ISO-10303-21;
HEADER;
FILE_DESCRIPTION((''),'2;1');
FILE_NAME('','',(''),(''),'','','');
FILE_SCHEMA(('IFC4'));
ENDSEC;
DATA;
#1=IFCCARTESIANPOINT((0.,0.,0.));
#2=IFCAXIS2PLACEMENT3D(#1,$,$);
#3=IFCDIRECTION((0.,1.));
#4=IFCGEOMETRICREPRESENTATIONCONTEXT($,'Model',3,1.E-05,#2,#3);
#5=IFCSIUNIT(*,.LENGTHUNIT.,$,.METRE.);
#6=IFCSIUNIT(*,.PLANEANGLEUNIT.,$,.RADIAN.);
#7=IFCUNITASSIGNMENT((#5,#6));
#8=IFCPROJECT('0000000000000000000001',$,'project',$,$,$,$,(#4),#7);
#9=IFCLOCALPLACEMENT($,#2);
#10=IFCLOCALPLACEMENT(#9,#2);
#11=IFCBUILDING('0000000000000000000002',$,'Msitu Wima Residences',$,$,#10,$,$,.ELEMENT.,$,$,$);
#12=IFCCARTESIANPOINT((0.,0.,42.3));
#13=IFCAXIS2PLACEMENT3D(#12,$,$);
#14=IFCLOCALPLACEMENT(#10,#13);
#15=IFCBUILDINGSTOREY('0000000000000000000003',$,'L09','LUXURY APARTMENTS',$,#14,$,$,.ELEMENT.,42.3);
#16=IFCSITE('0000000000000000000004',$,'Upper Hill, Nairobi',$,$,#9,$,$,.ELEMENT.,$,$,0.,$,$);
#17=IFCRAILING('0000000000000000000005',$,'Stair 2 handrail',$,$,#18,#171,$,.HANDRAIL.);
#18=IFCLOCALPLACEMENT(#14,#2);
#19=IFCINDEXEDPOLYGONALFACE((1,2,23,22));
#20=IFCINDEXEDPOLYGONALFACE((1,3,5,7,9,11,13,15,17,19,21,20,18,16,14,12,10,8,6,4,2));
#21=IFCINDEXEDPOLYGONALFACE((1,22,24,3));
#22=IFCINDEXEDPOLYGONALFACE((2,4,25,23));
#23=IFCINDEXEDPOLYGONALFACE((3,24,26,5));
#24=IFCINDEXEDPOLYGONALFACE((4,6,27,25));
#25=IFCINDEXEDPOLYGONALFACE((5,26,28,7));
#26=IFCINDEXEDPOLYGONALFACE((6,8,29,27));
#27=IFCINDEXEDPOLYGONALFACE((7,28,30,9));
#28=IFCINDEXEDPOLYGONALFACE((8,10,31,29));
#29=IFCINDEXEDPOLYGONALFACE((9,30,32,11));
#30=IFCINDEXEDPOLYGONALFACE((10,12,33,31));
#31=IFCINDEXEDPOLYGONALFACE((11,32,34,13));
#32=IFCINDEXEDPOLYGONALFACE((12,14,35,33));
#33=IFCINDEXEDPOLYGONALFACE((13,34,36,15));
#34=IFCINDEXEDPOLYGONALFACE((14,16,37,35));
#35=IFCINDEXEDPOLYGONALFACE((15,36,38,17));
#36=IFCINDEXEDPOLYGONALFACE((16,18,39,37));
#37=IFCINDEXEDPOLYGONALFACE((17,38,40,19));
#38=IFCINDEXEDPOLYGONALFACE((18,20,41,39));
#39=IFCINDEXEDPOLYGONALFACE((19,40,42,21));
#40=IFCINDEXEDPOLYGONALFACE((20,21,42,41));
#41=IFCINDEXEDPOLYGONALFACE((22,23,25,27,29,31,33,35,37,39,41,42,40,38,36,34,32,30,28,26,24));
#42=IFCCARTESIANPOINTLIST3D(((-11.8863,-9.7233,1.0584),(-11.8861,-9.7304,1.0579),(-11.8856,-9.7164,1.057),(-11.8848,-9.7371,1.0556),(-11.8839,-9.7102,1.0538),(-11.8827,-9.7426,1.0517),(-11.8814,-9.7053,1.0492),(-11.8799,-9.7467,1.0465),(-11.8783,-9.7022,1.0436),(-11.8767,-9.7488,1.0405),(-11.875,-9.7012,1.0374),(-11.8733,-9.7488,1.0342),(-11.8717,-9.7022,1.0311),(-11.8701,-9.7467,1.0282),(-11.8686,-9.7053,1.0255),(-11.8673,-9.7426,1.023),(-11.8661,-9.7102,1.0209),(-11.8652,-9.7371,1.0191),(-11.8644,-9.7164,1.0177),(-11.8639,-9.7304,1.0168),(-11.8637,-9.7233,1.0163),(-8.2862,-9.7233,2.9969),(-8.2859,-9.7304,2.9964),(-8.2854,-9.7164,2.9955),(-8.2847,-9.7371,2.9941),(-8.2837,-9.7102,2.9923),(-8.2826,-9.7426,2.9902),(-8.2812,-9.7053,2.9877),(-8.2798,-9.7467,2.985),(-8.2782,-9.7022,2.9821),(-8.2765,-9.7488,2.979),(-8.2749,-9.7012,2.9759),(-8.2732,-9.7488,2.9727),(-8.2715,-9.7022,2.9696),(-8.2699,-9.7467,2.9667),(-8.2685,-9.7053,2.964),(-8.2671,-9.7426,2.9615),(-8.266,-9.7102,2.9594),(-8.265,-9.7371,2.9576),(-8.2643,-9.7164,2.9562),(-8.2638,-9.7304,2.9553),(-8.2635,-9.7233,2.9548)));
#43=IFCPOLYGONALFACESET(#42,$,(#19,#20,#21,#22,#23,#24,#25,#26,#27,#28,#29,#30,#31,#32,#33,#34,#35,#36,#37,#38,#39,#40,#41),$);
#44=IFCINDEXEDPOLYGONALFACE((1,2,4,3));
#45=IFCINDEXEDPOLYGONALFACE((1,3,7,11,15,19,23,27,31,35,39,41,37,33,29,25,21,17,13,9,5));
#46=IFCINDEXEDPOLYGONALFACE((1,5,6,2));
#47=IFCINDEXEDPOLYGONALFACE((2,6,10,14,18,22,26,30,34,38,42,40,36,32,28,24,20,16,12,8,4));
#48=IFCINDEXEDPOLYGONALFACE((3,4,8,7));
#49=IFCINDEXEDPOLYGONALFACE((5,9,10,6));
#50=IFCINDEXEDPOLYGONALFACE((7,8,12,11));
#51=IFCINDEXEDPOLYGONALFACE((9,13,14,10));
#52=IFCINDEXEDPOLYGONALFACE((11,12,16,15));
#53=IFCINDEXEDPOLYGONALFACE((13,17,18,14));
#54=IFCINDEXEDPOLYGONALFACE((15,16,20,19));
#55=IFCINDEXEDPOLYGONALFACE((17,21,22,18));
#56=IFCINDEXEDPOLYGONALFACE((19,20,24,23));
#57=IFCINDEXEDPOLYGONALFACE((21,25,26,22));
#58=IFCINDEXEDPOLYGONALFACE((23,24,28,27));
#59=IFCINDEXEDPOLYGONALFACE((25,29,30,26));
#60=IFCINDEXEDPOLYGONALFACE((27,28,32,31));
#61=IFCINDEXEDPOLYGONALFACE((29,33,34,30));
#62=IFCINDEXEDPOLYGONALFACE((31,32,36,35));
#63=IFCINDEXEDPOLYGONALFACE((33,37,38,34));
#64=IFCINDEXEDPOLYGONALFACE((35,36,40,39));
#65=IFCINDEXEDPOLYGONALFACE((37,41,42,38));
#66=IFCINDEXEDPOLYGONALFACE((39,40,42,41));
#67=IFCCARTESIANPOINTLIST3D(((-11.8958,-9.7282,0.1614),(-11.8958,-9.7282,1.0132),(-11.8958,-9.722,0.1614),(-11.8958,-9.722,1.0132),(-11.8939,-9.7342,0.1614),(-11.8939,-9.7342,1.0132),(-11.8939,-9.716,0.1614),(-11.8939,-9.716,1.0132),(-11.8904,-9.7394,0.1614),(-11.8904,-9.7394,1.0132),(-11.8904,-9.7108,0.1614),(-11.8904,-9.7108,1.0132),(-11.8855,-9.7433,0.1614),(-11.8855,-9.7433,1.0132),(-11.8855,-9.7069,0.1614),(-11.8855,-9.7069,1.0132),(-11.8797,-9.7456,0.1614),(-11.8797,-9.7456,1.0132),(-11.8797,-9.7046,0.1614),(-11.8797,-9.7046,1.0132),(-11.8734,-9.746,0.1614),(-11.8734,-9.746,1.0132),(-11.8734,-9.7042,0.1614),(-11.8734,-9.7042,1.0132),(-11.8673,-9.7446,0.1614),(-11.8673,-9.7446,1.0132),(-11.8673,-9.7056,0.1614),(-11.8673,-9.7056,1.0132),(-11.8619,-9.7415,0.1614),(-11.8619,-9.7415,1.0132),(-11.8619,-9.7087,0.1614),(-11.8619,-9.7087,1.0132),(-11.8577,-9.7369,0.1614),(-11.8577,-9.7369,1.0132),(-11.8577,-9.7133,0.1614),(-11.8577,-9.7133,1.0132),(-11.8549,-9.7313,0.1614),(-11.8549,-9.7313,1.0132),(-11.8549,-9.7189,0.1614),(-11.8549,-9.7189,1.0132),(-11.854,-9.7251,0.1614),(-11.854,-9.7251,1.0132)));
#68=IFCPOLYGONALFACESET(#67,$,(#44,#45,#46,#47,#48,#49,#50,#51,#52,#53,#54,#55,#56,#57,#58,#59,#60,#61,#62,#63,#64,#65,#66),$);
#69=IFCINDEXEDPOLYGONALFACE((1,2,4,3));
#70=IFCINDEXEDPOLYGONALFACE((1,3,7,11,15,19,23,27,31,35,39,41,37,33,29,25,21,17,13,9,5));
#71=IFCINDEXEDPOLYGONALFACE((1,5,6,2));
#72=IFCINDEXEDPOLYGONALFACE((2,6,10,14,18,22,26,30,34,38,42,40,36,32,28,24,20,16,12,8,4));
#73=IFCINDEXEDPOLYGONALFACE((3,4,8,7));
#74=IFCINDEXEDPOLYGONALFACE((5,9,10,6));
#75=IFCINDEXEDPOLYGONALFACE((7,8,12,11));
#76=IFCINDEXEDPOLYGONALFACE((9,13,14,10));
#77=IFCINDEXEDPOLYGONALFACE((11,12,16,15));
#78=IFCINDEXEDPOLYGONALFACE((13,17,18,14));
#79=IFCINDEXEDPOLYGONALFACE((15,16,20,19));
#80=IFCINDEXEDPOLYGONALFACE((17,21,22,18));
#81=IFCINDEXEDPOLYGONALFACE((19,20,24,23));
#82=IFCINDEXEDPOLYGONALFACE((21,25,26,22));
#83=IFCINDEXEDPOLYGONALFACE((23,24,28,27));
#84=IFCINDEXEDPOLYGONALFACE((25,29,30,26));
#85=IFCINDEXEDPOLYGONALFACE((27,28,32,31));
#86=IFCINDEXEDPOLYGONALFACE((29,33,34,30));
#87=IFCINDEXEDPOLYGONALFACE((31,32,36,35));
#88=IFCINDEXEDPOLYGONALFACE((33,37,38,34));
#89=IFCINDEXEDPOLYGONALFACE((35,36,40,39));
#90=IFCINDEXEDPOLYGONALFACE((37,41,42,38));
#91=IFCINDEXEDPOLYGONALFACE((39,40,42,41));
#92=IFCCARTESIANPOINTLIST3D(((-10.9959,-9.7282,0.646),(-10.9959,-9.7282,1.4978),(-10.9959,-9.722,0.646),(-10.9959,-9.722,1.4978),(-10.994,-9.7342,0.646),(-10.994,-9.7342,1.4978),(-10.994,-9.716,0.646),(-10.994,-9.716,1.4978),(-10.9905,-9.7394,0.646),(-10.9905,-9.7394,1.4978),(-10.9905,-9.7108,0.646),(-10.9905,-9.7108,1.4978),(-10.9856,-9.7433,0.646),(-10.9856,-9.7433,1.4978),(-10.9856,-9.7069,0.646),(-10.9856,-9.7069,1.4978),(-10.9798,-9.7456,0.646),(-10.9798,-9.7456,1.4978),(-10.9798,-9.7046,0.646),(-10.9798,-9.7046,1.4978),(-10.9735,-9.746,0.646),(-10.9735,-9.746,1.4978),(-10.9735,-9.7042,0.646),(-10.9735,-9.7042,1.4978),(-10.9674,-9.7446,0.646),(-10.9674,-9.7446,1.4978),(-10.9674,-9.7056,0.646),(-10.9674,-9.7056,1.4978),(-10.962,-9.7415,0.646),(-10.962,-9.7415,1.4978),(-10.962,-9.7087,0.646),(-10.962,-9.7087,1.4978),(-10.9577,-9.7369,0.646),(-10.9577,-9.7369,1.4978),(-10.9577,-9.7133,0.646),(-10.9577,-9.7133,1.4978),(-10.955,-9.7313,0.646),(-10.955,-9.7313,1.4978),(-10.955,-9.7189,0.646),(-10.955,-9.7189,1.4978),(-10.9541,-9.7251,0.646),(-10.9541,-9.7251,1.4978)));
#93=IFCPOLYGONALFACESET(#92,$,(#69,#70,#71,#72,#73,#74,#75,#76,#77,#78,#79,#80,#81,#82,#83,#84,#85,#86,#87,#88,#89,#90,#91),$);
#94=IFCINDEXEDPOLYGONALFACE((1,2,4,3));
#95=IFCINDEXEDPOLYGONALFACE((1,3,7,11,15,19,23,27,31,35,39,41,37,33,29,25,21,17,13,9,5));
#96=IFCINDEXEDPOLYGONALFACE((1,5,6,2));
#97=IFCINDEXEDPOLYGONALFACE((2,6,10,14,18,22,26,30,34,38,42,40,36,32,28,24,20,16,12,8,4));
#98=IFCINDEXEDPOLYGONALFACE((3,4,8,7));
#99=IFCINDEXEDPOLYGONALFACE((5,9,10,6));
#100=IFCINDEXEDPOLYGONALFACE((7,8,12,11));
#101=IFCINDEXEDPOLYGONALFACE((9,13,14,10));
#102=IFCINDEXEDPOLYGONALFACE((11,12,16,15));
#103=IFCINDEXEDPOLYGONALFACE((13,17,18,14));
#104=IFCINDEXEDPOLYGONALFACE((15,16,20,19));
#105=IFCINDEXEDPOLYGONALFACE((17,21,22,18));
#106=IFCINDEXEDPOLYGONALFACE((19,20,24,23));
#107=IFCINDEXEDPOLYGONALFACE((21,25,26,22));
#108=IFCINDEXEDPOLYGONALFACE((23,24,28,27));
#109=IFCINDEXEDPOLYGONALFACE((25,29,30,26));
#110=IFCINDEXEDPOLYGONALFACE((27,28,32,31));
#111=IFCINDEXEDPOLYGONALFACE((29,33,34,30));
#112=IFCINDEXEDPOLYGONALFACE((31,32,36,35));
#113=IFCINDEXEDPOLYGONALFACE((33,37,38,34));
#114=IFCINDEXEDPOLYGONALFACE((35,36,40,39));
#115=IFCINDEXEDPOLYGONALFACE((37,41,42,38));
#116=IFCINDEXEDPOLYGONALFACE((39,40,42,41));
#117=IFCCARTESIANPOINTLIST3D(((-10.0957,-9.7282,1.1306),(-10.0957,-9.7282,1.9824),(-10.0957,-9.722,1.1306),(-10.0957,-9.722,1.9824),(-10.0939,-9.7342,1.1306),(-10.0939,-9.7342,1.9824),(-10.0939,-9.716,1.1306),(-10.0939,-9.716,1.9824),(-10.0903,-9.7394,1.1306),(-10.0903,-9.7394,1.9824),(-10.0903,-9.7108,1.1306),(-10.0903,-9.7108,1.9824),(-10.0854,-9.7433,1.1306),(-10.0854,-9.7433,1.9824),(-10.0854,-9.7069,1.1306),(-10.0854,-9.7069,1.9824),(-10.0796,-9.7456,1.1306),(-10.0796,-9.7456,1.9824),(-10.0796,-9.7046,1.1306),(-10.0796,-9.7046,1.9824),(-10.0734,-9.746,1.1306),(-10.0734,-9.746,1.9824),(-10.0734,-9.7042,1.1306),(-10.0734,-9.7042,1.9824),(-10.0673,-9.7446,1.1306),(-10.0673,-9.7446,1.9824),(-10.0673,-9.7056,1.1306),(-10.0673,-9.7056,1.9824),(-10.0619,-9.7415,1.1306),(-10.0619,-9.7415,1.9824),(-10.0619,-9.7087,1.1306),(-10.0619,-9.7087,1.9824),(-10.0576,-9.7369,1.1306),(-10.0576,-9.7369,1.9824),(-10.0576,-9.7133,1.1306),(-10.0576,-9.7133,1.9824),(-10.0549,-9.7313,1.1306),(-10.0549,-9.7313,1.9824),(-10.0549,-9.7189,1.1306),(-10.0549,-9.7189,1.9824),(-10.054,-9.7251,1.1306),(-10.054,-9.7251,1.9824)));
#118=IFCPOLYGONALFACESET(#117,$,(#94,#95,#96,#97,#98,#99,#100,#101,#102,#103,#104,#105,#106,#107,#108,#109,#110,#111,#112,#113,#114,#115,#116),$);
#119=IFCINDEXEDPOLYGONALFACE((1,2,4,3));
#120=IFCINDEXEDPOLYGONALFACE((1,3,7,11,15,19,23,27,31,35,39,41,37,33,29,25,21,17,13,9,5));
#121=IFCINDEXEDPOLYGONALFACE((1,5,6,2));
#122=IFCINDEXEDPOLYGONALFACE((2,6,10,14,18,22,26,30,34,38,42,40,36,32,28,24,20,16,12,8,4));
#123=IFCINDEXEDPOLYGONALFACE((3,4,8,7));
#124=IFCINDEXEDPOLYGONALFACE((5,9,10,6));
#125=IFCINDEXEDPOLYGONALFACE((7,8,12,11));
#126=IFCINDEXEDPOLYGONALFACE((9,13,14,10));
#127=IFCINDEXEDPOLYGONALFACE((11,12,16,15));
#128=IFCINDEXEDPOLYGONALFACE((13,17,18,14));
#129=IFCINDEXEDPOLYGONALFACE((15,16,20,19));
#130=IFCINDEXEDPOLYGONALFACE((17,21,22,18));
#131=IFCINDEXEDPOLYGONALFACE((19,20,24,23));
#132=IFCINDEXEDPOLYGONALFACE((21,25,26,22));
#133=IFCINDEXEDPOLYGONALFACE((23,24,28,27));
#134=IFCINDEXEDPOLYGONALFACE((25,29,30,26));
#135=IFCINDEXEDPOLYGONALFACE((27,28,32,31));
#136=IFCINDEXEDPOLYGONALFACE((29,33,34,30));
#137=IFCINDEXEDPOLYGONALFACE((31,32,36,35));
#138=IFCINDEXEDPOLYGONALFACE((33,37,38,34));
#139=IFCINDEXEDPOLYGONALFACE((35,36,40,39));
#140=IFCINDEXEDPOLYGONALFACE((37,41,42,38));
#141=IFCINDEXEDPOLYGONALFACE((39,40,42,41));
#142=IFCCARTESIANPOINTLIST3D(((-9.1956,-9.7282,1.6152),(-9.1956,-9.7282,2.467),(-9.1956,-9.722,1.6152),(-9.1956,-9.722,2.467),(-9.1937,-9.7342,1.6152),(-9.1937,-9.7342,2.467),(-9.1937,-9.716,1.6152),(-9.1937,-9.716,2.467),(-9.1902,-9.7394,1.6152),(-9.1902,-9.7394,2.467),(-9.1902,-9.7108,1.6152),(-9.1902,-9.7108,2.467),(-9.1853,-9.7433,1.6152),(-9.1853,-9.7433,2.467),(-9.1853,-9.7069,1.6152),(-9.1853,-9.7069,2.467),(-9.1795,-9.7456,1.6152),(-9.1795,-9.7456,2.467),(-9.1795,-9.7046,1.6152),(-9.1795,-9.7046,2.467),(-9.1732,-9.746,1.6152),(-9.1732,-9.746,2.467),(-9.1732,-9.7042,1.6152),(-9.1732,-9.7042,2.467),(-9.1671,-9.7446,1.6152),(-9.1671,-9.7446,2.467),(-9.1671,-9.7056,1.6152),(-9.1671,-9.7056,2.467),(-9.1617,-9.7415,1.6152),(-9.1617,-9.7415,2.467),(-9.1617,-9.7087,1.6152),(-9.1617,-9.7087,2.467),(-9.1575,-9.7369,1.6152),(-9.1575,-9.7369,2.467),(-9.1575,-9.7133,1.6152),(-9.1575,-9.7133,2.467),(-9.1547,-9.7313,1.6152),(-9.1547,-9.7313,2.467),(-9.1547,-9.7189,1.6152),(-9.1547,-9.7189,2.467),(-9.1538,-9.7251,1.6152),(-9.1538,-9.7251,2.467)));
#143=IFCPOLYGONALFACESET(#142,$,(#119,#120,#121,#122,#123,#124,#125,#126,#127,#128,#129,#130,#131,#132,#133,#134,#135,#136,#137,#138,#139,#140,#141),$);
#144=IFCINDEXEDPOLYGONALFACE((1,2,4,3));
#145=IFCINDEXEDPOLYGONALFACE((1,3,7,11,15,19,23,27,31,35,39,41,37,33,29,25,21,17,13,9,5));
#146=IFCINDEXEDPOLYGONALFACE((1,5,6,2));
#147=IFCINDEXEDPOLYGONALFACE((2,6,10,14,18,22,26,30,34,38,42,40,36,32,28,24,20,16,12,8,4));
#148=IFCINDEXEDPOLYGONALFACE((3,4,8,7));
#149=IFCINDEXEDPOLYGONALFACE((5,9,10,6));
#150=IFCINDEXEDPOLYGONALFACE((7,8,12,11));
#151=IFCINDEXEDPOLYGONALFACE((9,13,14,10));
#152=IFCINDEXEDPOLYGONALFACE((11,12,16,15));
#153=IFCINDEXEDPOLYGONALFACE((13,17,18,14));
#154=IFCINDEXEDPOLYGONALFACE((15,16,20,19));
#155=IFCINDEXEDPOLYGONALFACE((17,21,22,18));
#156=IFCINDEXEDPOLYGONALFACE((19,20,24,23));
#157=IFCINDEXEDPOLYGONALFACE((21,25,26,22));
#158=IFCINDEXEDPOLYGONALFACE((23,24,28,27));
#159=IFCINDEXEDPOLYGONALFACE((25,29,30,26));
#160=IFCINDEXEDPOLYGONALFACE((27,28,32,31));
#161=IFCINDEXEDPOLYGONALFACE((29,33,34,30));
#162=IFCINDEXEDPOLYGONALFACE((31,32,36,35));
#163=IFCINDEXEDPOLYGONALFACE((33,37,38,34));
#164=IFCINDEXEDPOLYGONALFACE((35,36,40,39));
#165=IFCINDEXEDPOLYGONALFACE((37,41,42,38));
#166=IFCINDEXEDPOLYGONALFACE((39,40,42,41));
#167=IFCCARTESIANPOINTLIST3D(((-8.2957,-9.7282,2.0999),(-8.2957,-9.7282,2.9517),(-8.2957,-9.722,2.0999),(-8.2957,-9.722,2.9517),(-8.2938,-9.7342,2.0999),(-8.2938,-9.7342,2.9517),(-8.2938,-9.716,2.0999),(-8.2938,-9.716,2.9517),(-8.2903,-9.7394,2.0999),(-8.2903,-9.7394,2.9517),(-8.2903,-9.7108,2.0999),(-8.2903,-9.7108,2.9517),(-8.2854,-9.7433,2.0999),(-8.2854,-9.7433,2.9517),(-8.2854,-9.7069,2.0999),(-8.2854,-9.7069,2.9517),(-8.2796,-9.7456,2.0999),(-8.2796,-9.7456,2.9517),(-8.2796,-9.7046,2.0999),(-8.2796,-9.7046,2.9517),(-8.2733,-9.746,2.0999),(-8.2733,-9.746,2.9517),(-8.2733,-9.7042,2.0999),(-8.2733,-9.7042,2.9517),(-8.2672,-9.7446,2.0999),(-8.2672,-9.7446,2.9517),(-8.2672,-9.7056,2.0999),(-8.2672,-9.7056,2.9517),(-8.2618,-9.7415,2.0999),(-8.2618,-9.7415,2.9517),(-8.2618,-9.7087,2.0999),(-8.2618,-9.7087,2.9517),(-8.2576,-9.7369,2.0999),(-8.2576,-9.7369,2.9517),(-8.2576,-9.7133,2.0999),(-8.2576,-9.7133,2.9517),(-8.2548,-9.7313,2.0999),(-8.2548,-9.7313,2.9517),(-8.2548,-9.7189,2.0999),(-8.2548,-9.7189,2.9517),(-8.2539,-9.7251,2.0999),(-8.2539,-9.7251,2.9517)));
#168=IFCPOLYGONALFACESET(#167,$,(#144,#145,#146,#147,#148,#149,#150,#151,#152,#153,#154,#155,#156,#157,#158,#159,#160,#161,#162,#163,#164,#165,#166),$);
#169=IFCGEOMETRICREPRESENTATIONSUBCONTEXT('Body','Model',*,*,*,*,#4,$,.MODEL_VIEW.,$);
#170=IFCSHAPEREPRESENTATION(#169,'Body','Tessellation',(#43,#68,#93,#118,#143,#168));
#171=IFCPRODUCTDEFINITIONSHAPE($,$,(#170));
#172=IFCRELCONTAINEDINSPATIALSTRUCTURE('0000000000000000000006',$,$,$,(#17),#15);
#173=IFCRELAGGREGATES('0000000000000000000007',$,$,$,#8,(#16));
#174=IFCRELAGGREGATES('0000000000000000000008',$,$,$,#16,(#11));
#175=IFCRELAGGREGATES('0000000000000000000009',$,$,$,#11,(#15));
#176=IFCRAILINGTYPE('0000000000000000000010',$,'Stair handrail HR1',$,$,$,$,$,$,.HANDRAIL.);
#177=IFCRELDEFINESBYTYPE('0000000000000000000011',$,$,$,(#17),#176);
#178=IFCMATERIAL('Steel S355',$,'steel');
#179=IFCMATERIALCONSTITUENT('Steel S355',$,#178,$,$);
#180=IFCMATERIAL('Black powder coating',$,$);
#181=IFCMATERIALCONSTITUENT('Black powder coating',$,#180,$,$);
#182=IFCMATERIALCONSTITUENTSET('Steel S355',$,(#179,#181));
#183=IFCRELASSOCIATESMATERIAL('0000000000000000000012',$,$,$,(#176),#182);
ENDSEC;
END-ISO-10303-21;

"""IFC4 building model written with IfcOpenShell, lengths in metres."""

from ifc_helpers import new_model, si_unit, direction, frame, origin, origin_2d, place, context, subcontext, project, spatial, circle, extrude, material, constituent, constituent_set, type_object, element, save


model = new_model("IFC4")

# Units and contexts
model_context = context("Model", 3, precision=1e-05, world=origin(), true_north=direction((0.0, 1.0)))
body_context = subcontext(model_context, "Body", "Model", "MODEL_VIEW")
ifc_project = project(units=[si_unit("LENGTHUNIT", "METRE"), si_unit("PLANEANGLEUNIT", "RADIAN")], contexts=[model_context])

# Site, building, storey
site_placement = place(None, origin())
site = spatial("IfcSite", under=ifc_project, at=site_placement, Name="Upper Hill, Nairobi", CompositionType="ELEMENT", RefElevation=0.0)
building_placement = place(site_placement, origin())
building = spatial("IfcBuilding", under=site, at=building_placement, Name="Msitu Wima Residences", CompositionType="ELEMENT")
storey_placement = place(building_placement, frame((0.0, 0.0, 42.3)))
storey = spatial("IfcBuildingStorey", under=building, at=storey_placement, Name="L09", Description="LUXURY APARTMENTS", CompositionType="ELEMENT", Elevation=42.3)

# Railing
ifc_material_1 = material(Name="Steel S355", Category="steel")
ifc_constituent_1 = constituent(ifc_material_1, Name="Steel S355")
ifc_material_2 = material(Name="Black powder coating")
ifc_constituent_2 = constituent(ifc_material_2, Name="Black powder coating")
ifc_constituent_set = constituent_set(constituents=[ifc_constituent_1, ifc_constituent_2], Name="Steel S355")
railing_type = type_object("IfcRailingType", Name="Stair handrail HR1", PredefinedType="HANDRAIL", material=ifc_constituent_set)
for number, where, name in (
    (1, (-11.875, -9.7251, 0.1614), "Stair 2 handrail"),
):
    element("IfcRailing", number, at=place(storey_placement, frame(where)), inside=storey, type_object=railing_type, Name=name, PredefinedType="HANDRAIL", context=body_context, shape_type="SweptSolid", body=[
        extrude(circle(Radius=0.0239, at=origin_2d()), frame((0.0, 0.0, 0.876), z_axis=(0.880475, 0.0, 0.474093), x_axis=(0.0, 1.0, 0.0)), (0.0, 0.0, 1.0), 4.0889),
        extrude(circle(Radius=0.021, at=origin_2d()), origin(), (0.0, 0.0, 1.0), 0.8518),
        extrude(circle(Radius=0.021, at=origin_2d()), frame((0.8999, 0.0, 0.4846)), (0.0, 0.0, 1.0), 0.8518),
        extrude(circle(Radius=0.021, at=origin_2d()), frame((1.8, 0.0, 0.9692)), (0.0, 0.0, 1.0), 0.8518),
        extrude(circle(Radius=0.021, at=origin_2d()), frame((2.7002, 0.0, 1.4539)), (0.0, 0.0, 1.0), 0.8518),
        extrude(circle(Radius=0.021, at=origin_2d()), frame((3.6001, 0.0, 1.9385)), (0.0, 0.0, 1.0), 0.8518),
    ])

save(model, "model.ifc")
